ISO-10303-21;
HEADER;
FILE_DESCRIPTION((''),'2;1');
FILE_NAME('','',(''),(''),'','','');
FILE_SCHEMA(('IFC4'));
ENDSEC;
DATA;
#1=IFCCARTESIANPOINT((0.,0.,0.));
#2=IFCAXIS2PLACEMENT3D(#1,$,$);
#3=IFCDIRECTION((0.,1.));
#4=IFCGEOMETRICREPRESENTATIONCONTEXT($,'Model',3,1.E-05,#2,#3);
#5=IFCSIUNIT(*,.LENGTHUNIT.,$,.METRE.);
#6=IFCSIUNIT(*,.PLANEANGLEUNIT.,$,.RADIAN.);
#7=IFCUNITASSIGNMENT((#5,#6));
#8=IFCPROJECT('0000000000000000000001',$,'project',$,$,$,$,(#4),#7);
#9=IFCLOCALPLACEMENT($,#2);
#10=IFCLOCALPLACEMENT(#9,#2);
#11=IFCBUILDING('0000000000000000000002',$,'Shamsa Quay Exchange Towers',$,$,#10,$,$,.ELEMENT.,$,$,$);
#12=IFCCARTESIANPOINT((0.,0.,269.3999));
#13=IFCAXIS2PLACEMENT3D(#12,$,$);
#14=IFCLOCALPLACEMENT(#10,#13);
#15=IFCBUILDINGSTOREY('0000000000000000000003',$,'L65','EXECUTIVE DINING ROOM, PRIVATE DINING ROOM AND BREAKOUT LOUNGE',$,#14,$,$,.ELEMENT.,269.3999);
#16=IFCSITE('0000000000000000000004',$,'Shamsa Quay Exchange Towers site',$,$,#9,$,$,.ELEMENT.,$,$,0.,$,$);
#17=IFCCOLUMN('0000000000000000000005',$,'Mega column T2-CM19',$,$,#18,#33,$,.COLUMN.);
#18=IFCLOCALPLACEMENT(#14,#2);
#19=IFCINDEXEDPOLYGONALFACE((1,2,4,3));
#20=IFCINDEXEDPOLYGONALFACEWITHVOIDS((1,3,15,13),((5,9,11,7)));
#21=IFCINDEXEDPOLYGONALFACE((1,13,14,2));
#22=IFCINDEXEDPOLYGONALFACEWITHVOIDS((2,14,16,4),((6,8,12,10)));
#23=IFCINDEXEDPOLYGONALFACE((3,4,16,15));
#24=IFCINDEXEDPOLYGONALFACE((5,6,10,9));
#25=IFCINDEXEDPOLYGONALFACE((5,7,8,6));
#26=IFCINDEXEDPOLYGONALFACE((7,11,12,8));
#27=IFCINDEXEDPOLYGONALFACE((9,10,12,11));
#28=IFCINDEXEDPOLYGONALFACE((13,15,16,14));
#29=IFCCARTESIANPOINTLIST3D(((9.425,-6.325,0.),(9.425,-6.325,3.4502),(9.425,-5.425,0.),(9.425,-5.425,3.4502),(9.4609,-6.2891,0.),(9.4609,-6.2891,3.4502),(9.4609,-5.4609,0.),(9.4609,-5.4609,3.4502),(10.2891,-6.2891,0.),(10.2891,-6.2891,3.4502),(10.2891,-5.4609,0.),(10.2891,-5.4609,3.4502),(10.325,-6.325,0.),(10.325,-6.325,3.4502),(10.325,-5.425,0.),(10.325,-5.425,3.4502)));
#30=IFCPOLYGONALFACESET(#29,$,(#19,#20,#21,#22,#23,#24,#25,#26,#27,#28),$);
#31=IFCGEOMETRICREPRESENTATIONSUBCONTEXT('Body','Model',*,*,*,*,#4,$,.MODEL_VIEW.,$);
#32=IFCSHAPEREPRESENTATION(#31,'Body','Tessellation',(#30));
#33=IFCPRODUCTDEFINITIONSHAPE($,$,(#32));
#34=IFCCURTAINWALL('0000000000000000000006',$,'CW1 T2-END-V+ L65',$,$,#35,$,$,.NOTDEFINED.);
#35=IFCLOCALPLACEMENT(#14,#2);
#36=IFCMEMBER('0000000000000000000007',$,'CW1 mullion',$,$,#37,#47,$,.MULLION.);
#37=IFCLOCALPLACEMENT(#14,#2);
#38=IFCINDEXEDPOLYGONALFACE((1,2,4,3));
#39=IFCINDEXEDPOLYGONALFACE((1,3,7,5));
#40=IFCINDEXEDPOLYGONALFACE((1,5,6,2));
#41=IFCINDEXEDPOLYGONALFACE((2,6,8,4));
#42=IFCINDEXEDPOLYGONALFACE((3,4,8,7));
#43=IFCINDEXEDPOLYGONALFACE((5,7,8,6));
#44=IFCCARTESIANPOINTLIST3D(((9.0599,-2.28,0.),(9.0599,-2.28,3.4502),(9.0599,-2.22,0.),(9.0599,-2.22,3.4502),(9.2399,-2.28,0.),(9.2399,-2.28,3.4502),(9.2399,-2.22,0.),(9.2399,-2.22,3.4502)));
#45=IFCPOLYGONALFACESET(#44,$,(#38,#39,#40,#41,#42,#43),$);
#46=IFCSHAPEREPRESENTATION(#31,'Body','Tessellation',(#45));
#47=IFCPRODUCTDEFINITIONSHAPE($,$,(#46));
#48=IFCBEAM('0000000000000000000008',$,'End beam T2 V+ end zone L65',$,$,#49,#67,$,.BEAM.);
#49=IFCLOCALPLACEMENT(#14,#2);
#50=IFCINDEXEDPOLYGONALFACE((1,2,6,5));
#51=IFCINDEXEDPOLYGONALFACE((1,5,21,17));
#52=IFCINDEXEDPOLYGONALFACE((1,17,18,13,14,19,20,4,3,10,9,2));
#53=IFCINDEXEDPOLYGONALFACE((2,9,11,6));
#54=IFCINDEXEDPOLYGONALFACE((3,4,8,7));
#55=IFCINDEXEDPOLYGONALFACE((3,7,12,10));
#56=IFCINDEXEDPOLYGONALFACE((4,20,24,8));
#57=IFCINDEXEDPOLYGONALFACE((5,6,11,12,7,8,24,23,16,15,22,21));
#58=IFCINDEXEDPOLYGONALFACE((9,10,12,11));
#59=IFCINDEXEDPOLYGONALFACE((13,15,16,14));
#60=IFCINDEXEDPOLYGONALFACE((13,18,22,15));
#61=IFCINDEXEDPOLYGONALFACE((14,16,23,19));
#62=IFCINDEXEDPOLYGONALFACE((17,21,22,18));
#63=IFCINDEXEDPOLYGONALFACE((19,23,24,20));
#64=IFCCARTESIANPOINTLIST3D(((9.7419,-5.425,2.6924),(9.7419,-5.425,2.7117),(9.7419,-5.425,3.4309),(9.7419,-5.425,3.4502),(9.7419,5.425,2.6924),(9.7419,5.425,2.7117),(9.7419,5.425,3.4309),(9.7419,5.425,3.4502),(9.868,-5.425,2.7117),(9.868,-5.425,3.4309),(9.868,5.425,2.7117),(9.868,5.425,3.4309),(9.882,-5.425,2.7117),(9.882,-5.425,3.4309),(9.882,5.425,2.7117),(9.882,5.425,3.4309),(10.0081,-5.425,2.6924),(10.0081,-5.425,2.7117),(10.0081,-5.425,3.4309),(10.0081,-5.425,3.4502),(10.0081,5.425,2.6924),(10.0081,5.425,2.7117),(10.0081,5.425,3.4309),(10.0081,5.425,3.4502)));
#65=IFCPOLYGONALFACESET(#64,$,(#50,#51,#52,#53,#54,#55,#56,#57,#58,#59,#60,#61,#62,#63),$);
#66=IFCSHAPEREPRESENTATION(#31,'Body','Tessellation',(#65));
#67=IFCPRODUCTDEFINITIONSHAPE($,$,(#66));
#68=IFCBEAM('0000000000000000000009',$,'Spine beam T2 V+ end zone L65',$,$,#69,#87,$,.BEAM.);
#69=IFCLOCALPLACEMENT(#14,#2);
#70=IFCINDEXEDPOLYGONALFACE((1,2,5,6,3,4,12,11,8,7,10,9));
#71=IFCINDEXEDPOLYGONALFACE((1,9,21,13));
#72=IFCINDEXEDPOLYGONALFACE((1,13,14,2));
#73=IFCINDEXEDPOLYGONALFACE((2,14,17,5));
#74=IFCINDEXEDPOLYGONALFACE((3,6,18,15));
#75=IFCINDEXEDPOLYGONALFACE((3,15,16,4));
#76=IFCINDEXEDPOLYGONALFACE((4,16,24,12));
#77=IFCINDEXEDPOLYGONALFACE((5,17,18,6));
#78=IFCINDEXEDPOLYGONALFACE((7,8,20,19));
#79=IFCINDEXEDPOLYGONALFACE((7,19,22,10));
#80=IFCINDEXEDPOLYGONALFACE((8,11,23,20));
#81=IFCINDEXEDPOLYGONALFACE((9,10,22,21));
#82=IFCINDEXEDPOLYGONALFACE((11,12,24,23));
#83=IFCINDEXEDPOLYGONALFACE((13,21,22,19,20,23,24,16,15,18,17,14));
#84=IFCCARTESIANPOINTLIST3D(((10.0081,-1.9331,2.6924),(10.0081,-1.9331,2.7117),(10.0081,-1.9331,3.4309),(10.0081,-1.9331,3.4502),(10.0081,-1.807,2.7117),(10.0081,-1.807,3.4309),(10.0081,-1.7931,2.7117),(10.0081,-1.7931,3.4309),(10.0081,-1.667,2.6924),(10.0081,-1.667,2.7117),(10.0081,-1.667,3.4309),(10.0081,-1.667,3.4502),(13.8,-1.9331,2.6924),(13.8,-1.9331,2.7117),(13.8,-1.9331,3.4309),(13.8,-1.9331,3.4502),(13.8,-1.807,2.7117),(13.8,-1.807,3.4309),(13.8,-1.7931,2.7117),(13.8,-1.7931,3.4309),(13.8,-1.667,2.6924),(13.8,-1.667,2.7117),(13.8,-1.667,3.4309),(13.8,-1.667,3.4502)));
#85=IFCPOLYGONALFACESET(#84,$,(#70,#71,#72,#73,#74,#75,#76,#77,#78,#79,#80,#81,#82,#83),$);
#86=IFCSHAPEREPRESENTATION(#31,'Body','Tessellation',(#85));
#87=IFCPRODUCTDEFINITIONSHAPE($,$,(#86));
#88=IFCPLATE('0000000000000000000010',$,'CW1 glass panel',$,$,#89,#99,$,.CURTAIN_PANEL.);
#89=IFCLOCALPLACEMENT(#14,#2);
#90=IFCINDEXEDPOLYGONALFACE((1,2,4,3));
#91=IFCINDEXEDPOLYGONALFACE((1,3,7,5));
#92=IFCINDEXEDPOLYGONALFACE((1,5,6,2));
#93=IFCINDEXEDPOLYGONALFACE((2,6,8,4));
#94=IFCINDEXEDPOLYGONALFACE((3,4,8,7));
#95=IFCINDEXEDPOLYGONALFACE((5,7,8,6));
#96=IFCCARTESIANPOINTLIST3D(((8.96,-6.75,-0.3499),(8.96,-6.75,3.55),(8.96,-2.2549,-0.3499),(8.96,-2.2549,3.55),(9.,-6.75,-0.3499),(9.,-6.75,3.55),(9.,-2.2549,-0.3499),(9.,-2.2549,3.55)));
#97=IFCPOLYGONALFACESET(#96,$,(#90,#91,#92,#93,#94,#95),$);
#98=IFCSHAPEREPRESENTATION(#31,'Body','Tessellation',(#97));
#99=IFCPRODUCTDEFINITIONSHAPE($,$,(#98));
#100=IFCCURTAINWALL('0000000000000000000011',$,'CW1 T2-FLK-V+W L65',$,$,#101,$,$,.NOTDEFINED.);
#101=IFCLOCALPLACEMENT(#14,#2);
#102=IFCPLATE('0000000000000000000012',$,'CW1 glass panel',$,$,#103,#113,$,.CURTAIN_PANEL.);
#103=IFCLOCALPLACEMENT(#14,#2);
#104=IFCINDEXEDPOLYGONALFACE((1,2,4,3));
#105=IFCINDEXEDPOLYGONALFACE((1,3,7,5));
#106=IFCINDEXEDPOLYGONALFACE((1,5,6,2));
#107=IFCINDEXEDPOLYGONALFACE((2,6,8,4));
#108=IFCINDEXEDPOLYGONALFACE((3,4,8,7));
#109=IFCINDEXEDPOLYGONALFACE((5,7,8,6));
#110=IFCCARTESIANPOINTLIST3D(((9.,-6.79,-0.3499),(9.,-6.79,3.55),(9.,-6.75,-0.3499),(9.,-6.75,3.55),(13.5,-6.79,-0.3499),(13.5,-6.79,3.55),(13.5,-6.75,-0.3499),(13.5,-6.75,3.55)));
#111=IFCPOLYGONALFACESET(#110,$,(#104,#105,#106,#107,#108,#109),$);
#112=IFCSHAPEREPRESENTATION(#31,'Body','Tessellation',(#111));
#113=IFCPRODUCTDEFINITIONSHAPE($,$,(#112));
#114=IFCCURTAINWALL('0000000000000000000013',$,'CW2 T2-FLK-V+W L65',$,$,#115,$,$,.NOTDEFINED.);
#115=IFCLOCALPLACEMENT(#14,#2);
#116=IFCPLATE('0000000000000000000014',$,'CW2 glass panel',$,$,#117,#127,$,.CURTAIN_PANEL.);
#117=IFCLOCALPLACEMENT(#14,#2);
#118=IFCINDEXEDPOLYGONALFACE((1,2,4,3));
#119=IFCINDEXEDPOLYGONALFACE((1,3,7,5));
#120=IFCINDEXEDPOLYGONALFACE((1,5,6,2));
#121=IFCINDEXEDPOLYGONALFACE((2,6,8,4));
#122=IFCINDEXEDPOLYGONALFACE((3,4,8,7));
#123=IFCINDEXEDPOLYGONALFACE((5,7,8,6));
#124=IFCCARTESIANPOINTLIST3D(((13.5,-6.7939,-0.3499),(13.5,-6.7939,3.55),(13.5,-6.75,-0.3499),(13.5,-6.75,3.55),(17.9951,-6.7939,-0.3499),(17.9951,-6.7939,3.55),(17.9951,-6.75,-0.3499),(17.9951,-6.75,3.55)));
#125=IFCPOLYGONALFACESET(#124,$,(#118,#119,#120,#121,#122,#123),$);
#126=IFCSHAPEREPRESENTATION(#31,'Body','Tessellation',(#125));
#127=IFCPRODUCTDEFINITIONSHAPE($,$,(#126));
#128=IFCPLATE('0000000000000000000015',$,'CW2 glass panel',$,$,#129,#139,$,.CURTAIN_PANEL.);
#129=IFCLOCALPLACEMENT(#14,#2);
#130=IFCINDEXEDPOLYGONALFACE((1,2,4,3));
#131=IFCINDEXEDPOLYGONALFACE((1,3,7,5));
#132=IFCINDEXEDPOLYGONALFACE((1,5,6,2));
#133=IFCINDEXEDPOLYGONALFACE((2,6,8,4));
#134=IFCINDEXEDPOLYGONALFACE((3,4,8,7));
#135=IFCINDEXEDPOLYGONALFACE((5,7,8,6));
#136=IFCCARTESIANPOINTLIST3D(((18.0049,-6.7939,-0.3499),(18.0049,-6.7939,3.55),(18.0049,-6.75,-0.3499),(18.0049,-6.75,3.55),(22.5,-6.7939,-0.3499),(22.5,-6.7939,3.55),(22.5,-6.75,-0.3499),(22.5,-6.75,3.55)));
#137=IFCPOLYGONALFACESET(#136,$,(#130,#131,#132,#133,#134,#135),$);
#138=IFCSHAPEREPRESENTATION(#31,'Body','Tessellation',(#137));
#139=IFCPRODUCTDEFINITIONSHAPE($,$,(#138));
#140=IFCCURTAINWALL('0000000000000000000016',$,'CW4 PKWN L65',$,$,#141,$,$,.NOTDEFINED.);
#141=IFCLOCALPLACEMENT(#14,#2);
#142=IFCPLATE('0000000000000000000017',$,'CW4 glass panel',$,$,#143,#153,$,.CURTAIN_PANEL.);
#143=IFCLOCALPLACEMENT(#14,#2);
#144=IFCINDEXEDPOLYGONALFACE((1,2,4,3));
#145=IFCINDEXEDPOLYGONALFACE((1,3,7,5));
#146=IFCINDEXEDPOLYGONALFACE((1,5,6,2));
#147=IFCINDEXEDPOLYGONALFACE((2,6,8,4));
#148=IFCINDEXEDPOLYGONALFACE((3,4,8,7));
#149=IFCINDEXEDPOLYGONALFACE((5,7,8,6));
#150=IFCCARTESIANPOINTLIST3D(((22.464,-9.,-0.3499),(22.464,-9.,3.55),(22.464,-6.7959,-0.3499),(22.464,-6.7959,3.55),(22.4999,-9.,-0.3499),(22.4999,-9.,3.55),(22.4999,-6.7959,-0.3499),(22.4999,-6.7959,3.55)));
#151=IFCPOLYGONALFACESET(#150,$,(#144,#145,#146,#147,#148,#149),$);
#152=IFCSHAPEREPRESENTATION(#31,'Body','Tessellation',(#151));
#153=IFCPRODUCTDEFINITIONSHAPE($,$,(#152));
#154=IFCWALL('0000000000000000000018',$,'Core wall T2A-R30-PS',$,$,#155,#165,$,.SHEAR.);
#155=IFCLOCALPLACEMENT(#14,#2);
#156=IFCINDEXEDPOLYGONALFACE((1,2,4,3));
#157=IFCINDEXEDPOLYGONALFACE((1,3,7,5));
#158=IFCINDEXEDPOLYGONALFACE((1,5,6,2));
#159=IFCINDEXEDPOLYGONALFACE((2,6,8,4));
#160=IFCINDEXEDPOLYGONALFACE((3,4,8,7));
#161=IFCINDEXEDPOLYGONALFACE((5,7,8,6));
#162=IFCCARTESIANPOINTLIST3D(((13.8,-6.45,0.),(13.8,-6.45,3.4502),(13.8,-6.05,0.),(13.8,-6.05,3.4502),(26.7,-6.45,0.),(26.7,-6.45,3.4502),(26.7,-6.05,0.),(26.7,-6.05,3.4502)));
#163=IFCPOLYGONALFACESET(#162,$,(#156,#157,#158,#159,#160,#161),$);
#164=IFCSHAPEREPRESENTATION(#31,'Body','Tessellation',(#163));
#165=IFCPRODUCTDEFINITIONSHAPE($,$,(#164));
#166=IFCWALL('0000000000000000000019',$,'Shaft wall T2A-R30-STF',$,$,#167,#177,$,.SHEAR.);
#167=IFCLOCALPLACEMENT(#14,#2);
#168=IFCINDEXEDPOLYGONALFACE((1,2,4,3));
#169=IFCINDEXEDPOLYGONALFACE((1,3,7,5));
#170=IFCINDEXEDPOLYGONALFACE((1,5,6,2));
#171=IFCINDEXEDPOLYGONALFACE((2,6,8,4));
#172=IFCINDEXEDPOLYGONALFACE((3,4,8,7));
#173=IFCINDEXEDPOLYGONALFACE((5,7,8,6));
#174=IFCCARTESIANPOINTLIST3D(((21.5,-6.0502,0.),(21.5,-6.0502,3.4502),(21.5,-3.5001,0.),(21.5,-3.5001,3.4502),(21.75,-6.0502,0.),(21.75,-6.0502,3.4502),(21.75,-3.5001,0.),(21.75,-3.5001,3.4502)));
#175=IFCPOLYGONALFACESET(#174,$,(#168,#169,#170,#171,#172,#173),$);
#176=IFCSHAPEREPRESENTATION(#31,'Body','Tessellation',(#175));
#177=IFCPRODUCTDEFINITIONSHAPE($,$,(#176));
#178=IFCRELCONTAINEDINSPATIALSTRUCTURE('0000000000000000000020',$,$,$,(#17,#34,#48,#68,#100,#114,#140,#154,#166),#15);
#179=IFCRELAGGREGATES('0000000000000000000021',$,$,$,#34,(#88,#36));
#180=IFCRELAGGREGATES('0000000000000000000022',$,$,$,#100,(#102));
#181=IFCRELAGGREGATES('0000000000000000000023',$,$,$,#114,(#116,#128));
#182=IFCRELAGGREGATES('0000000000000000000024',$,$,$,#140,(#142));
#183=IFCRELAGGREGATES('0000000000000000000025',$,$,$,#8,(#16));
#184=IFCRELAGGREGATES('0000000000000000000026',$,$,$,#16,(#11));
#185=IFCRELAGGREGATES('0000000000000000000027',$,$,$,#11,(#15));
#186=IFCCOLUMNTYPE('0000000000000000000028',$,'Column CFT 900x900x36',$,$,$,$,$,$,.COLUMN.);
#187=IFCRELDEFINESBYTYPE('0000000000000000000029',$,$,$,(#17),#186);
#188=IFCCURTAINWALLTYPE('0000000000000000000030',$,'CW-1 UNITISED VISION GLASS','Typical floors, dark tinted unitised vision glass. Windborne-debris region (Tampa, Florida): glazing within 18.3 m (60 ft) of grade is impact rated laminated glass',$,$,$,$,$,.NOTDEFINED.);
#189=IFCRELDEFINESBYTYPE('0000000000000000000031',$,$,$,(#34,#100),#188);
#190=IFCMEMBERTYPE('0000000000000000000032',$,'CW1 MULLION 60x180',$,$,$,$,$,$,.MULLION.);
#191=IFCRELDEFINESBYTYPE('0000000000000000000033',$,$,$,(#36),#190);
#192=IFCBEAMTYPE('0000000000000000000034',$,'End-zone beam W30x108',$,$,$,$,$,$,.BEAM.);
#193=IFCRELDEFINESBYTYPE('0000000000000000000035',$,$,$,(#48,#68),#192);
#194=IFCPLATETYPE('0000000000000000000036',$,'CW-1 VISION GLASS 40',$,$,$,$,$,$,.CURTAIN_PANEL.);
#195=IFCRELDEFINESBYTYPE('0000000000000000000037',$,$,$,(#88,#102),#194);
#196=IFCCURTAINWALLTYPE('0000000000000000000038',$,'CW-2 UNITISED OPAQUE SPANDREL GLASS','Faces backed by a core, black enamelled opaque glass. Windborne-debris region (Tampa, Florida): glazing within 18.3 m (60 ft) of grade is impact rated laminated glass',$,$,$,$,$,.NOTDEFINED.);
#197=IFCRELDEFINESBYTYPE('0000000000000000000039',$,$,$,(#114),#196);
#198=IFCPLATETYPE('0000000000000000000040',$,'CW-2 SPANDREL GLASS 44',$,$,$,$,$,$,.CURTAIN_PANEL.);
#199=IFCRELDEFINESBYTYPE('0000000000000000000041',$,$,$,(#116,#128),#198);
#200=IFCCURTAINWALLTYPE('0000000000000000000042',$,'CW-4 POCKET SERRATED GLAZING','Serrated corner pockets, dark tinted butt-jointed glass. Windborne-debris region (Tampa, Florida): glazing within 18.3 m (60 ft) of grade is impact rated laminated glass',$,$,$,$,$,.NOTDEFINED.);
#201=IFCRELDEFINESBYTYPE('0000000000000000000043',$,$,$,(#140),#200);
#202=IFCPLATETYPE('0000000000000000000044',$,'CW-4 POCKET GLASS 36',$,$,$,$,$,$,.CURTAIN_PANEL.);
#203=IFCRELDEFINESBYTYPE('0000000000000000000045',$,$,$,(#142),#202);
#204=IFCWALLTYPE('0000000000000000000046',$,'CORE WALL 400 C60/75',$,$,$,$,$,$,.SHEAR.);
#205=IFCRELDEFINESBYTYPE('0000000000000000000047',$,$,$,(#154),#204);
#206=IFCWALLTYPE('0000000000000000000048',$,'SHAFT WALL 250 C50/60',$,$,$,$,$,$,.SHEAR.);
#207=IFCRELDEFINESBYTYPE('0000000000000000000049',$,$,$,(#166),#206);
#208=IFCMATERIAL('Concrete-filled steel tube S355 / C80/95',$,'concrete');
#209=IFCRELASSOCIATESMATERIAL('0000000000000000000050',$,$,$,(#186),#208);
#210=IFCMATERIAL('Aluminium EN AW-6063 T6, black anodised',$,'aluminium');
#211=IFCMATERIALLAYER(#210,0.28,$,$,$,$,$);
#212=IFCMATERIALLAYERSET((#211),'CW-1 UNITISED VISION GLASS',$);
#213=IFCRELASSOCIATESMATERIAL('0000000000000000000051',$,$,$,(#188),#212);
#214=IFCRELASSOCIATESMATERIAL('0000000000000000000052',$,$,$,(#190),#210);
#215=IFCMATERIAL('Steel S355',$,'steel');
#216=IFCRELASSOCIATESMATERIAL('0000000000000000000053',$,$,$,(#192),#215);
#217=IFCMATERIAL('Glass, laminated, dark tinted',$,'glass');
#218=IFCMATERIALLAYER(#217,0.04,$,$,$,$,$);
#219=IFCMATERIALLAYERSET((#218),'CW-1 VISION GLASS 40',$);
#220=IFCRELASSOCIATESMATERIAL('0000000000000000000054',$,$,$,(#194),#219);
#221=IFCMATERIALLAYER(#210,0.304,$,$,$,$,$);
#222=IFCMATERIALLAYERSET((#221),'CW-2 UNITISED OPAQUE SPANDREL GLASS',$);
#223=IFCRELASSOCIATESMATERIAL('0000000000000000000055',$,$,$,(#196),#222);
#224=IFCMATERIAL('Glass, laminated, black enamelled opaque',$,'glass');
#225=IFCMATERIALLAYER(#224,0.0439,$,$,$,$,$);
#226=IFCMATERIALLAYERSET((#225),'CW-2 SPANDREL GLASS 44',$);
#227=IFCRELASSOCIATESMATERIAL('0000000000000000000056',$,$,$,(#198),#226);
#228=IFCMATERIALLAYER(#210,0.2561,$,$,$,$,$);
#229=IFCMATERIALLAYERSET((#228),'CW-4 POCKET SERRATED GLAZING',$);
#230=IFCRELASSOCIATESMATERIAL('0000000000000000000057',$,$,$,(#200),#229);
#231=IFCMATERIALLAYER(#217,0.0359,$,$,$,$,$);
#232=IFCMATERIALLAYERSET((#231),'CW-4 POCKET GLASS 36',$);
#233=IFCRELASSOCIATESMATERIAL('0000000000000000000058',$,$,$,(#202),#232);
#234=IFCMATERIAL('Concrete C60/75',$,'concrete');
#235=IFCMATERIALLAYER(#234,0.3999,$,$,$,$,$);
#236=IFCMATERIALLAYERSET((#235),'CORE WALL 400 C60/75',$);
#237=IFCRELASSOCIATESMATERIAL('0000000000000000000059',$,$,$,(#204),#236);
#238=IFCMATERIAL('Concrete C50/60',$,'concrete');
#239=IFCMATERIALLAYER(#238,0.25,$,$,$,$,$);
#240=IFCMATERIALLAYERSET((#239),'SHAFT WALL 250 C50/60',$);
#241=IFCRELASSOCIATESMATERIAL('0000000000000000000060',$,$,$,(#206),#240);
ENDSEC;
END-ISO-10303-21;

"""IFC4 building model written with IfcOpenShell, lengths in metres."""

from ifc_helpers import new_model, si_unit, direction, frame, frame_2d, origin, origin_2d, place, context, subcontext, project, spatial, rectangle, hollow_rectangle, i_section, extrude, material, layer, layer_set, material_profile, profile_set, type_object, element, aggregate, save


model = new_model("IFC4")

# Units and contexts
model_context = context("Model", 3, precision=1e-05, world=origin(), true_north=direction((0.0, 1.0)))
body_context = subcontext(model_context, "Body", "Model", "MODEL_VIEW")
ifc_project = project(units=[si_unit("LENGTHUNIT", "METRE"), si_unit("PLANEANGLEUNIT", "RADIAN")], contexts=[model_context])

# Site, building, storey
site_placement = place(None, origin())
site = spatial("IfcSite", under=ifc_project, at=site_placement, Name="Shamsa Quay Exchange Towers site", CompositionType="ELEMENT", RefElevation=0.0)
building_placement = place(site_placement, origin())
building = spatial("IfcBuilding", under=site, at=building_placement, Name="Shamsa Quay Exchange Towers", CompositionType="ELEMENT")
storey_placement = place(building_placement, frame((0.0, 0.0, 269.3999)))
storey = spatial("IfcBuildingStorey", under=building, at=storey_placement, Name="L65", Description="EXECUTIVE DINING ROOM, PRIVATE DINING ROOM AND BREAKOUT LOUNGE", CompositionType="ELEMENT", Elevation=269.3999)

# Column
ifc_material_1 = material(Name="Concrete-filled steel tube S355 / C80/95", Category="concrete")
ifc_material_profile_1 = material_profile(ifc_material_1, hollow_rectangle(XDim=0.8999, YDim=0.8999, WallThickness=0.0359, at=origin_2d()), Name="CFT 900x900x36")
ifc_profile_set_1 = profile_set([ifc_material_profile_1], Name="Concrete-filled steel tube S355 / C80/95")
column_type = type_object("IfcColumnType", Name="Column CFT 900x900x36", PredefinedType="COLUMN", material=ifc_profile_set_1)
column_placement = place(storey_placement, frame((9.875, -5.875, 0.0)))
element("IfcColumn", 1, at=column_placement, inside=storey, type_object=column_type, Name="Mega column T2-CM19", PredefinedType="COLUMN", context=body_context, shape_type="SweptSolid", body=[
    extrude(hollow_rectangle(XDim=0.8999, YDim=0.8999, WallThickness=0.0359, at=origin_2d()), origin(), (0.0, 0.0, 1.0), 3.4502),
])

# Curtain wall, member
ifc_material_2 = material(Name="Aluminium EN AW-6063 T6, black anodised", Category="aluminium")
ifc_layer_1 = layer(ifc_material_2, 0.28)
ifc_layer_set_1 = layer_set([ifc_layer_1], Name="CW-1 UNITISED VISION GLASS")
curtain_wall_type_1 = type_object("IfcCurtainWallType", Name="CW-1 UNITISED VISION GLASS", Description="Typical floors, dark tinted unitised vision glass. Windborne-debris region (Tampa, Florida): glazing within 18.3 m (60 ft) of grade is impact rated laminated glass", PredefinedType="NOTDEFINED", material=ifc_layer_set_1)
curtain_wall_1_placement = place(storey_placement, origin())
curtain_wall_1 = element("IfcCurtainWall", 2, at=curtain_wall_1_placement, inside=storey, type_object=curtain_wall_type_1, Name="CW1 T2-END-V+ L65", PredefinedType="NOTDEFINED")
ifc_material_profile_2 = material_profile(ifc_material_2, rectangle(XDim=0.1799, YDim=0.0601, at=origin_2d()), Name="MU60x180")
ifc_profile_set_2 = profile_set([ifc_material_profile_2], Name="Aluminium EN AW-6063 T6, black anodised")
member_type = type_object("IfcMemberType", Name="CW1 MULLION 60x180", PredefinedType="MULLION", material=ifc_profile_set_2)
member_placement = place(storey_placement, frame((9.1499, -2.25, 0.0)))
member = element("IfcMember", 3, at=member_placement, type_object=member_type, Name="CW1 mullion", PredefinedType="MULLION", context=body_context, shape_type="SweptSolid", body=[
    extrude(rectangle(XDim=0.1799, YDim=0.0601, at=origin_2d()), origin(), (0.0, 0.0, 1.0), 3.4502),
])

# Beams
ifc_material_3 = material(Name="Steel S355", Category="steel")
ifc_material_profile_3 = material_profile(ifc_material_3, i_section(OverallWidth=0.2661, OverallDepth=0.7578, WebThickness=0.0139, FlangeThickness=0.0193, at=origin_2d()), Name="W30x108")
ifc_profile_set_3 = profile_set([ifc_material_profile_3], Name="Steel S355")
beam_type = type_object("IfcBeamType", Name="End-zone beam W30x108", PredefinedType="BEAM", material=ifc_profile_set_3)
beam_1_placement = place(storey_placement, frame((9.875, -5.425, 3.0713), z_axis=(0.0, 1.0, 0.0), x_axis=(-1.0, 0.0, 0.0)))
element("IfcBeam", 4, at=beam_1_placement, inside=storey, type_object=beam_type, Name="End beam T2 V+ end zone L65", PredefinedType="BEAM", context=body_context, shape_type="SweptSolid", body=[
    extrude(i_section(OverallWidth=0.2661, OverallDepth=0.7578, WebThickness=0.0139, FlangeThickness=0.0193, at=origin_2d()), origin(), (0.0, 0.0, 1.0), 10.8501),
])
beam_2_placement = place(storey_placement, frame((13.8, -1.8, 3.0713), z_axis=(-1.0, 0.0, 0.0), x_axis=(0.0, -1.0, 0.0)))
element("IfcBeam", 5, at=beam_2_placement, inside=storey, type_object=beam_type, Name="Spine beam T2 V+ end zone L65", PredefinedType="BEAM", context=body_context, shape_type="SweptSolid", body=[
    extrude(i_section(OverallWidth=0.2661, OverallDepth=0.7578, WebThickness=0.0139, FlangeThickness=0.0193, at=origin_2d()), origin(), (0.0, 0.0, 1.0), 3.792),
])

# Plate
ifc_material_4 = material(Name="Glass, laminated, dark tinted", Category="glass")
ifc_layer_2 = layer(ifc_material_4, 0.04)
ifc_layer_set_2 = layer_set([ifc_layer_2], Name="CW-1 VISION GLASS 40")
plate_type_1 = type_object("IfcPlateType", Name="CW-1 VISION GLASS 40", PredefinedType="CURTAIN_PANEL", material=ifc_layer_set_2)
plate_1_placement = place(storey_placement, frame((8.98, -4.5024, -0.3499), z_axis=(0.0, 0.0, 1.0), x_axis=(0.0, -1.0, 0.0)))
plate_1 = element("IfcPlate", 6, at=plate_1_placement, type_object=plate_type_1, Name="CW1 glass panel", PredefinedType="CURTAIN_PANEL", context=body_context, shape_type="SweptSolid", body=[
    extrude(rectangle(XDim=4.4951, YDim=0.04, at=origin_2d()), origin(), (0.0, 0.0, 1.0), 3.8999),
])
aggregate(curtain_wall_1, [plate_1, member])

# Curtain wall, plate
curtain_wall_2_placement = place(storey_placement, origin())
curtain_wall_2 = element("IfcCurtainWall", 7, at=curtain_wall_2_placement, inside=storey, type_object=curtain_wall_type_1, Name="CW1 T2-FLK-V+W L65", PredefinedType="NOTDEFINED")
plate_2_placement = place(storey_placement, frame((11.25, -6.77, -0.3499)))
plate_2 = element("IfcPlate", 8, at=plate_2_placement, type_object=plate_type_1, Name="CW1 glass panel", PredefinedType="CURTAIN_PANEL", context=body_context, shape_type="SweptSolid", body=[
    extrude(rectangle(XDim=4.5, YDim=0.04, at=origin_2d()), origin(), (0.0, 0.0, 1.0), 3.8999),
])
aggregate(curtain_wall_2, [plate_2])

# Curtain wall, plates
ifc_layer_3 = layer(ifc_material_2, 0.304)
ifc_layer_set_3 = layer_set([ifc_layer_3], Name="CW-2 UNITISED OPAQUE SPANDREL GLASS")
curtain_wall_type_2 = type_object("IfcCurtainWallType", Name="CW-2 UNITISED OPAQUE SPANDREL GLASS", Description="Faces backed by a core, black enamelled opaque glass. Windborne-debris region (Tampa, Florida): glazing within 18.3 m (60 ft) of grade is impact rated laminated glass", PredefinedType="NOTDEFINED", material=ifc_layer_set_3)
curtain_wall_3_placement = place(storey_placement, origin())
curtain_wall_3 = element("IfcCurtainWall", 9, at=curtain_wall_3_placement, inside=storey, type_object=curtain_wall_type_2, Name="CW2 T2-FLK-V+W L65", PredefinedType="NOTDEFINED")
ifc_material_5 = material(Name="Glass, laminated, black enamelled opaque", Category="glass")
ifc_layer_4 = layer(ifc_material_5, 0.0439)
ifc_layer_set_4 = layer_set([ifc_layer_4], Name="CW-2 SPANDREL GLASS 44")
plate_type_2 = type_object("IfcPlateType", Name="CW-2 SPANDREL GLASS 44", PredefinedType="CURTAIN_PANEL", material=ifc_layer_set_4)
plate_3_placement = place(storey_placement, frame((15.7476, -6.772, -0.3499)))
plate_3 = element("IfcPlate", 10, at=plate_3_placement, type_object=plate_type_2, Name="CW2 glass panel", PredefinedType="CURTAIN_PANEL", context=body_context, shape_type="SweptSolid", body=[
    extrude(rectangle(XDim=4.4951, YDim=0.0439, at=origin_2d()), origin(), (0.0, 0.0, 1.0), 3.8999),
])
plate_4_placement = place(storey_placement, frame((20.2524, -6.772, -0.3499)))
plate_4 = element("IfcPlate", 11, at=plate_4_placement, type_object=plate_type_2, Name="CW2 glass panel", PredefinedType="CURTAIN_PANEL", context=body_context, shape_type="SweptSolid", body=[
    extrude(rectangle(XDim=4.4951, YDim=0.0439, at=origin_2d()), origin(), (0.0, 0.0, 1.0), 3.8999),
])
aggregate(curtain_wall_3, [plate_3, plate_4])

# Curtain wall, plate
ifc_layer_5 = layer(ifc_material_2, 0.2561)
ifc_layer_set_5 = layer_set([ifc_layer_5], Name="CW-4 POCKET SERRATED GLAZING")
curtain_wall_type_3 = type_object("IfcCurtainWallType", Name="CW-4 POCKET SERRATED GLAZING", Description="Serrated corner pockets, dark tinted butt-jointed glass. Windborne-debris region (Tampa, Florida): glazing within 18.3 m (60 ft) of grade is impact rated laminated glass", PredefinedType="NOTDEFINED", material=ifc_layer_set_5)
curtain_wall_4_placement = place(storey_placement, origin())
curtain_wall_4 = element("IfcCurtainWall", 12, at=curtain_wall_4_placement, inside=storey, type_object=curtain_wall_type_3, Name="CW4 PKWN L65", PredefinedType="NOTDEFINED")
ifc_layer_6 = layer(ifc_material_4, 0.0359)
ifc_layer_set_6 = layer_set([ifc_layer_6], Name="CW-4 POCKET GLASS 36")
plate_type_3 = type_object("IfcPlateType", Name="CW-4 POCKET GLASS 36", PredefinedType="CURTAIN_PANEL", material=ifc_layer_set_6)
plate_5_placement = place(storey_placement, frame((22.4819, -7.8979, -0.3499), z_axis=(0.0, 0.0, 1.0), x_axis=(0.0, -1.0, 0.0)))
plate_5 = element("IfcPlate", 13, at=plate_5_placement, type_object=plate_type_3, Name="CW4 glass panel", PredefinedType="CURTAIN_PANEL", context=body_context, shape_type="SweptSolid", body=[
    extrude(rectangle(XDim=2.2041, YDim=0.0359, at=origin_2d()), origin(), (0.0, 0.0, 1.0), 3.8999),
])
aggregate(curtain_wall_4, [plate_5])

# Walls
ifc_material_6 = material(Name="Concrete C60/75", Category="concrete")
ifc_layer_7 = layer(ifc_material_6, 0.3999)
ifc_layer_set_7 = layer_set([ifc_layer_7], Name="CORE WALL 400 C60/75")
wall_type_1 = type_object("IfcWallType", Name="CORE WALL 400 C60/75", PredefinedType="SHEAR", material=ifc_layer_set_7)
wall_1_placement = place(storey_placement, frame((13.8, -6.25, 0.0)))
element("IfcWall", 14, at=wall_1_placement, inside=storey, type_object=wall_type_1, Name="Core wall T2A-R30-PS", PredefinedType="SHEAR", context=body_context, shape_type="SweptSolid", body=[
    extrude(rectangle(XDim=12.8999, YDim=0.3999, at=frame_2d((6.45, 0.0))), origin(), (0.0, 0.0, 1.0), 3.4502),
])
ifc_material_7 = material(Name="Concrete C50/60", Category="concrete")
ifc_layer_8 = layer(ifc_material_7, 0.25)
ifc_layer_set_8 = layer_set([ifc_layer_8], Name="SHAFT WALL 250 C50/60")
wall_type_2 = type_object("IfcWallType", Name="SHAFT WALL 250 C50/60", PredefinedType="SHEAR", material=ifc_layer_set_8)
wall_2_placement = place(storey_placement, frame((21.625, -6.05, 0.0), z_axis=(0.0, 0.0, 1.0), x_axis=(0.0, 1.0, 0.0)))
element("IfcWall", 15, at=wall_2_placement, inside=storey, type_object=wall_type_2, Name="Shaft wall T2A-R30-STF", PredefinedType="SHEAR", context=body_context, shape_type="SweptSolid", body=[
    extrude(rectangle(XDim=2.55, YDim=0.25, at=frame_2d((1.2749, 0.0))), origin(), (0.0, 0.0, 1.0), 3.4502),
])

save(model, "model.ifc")
